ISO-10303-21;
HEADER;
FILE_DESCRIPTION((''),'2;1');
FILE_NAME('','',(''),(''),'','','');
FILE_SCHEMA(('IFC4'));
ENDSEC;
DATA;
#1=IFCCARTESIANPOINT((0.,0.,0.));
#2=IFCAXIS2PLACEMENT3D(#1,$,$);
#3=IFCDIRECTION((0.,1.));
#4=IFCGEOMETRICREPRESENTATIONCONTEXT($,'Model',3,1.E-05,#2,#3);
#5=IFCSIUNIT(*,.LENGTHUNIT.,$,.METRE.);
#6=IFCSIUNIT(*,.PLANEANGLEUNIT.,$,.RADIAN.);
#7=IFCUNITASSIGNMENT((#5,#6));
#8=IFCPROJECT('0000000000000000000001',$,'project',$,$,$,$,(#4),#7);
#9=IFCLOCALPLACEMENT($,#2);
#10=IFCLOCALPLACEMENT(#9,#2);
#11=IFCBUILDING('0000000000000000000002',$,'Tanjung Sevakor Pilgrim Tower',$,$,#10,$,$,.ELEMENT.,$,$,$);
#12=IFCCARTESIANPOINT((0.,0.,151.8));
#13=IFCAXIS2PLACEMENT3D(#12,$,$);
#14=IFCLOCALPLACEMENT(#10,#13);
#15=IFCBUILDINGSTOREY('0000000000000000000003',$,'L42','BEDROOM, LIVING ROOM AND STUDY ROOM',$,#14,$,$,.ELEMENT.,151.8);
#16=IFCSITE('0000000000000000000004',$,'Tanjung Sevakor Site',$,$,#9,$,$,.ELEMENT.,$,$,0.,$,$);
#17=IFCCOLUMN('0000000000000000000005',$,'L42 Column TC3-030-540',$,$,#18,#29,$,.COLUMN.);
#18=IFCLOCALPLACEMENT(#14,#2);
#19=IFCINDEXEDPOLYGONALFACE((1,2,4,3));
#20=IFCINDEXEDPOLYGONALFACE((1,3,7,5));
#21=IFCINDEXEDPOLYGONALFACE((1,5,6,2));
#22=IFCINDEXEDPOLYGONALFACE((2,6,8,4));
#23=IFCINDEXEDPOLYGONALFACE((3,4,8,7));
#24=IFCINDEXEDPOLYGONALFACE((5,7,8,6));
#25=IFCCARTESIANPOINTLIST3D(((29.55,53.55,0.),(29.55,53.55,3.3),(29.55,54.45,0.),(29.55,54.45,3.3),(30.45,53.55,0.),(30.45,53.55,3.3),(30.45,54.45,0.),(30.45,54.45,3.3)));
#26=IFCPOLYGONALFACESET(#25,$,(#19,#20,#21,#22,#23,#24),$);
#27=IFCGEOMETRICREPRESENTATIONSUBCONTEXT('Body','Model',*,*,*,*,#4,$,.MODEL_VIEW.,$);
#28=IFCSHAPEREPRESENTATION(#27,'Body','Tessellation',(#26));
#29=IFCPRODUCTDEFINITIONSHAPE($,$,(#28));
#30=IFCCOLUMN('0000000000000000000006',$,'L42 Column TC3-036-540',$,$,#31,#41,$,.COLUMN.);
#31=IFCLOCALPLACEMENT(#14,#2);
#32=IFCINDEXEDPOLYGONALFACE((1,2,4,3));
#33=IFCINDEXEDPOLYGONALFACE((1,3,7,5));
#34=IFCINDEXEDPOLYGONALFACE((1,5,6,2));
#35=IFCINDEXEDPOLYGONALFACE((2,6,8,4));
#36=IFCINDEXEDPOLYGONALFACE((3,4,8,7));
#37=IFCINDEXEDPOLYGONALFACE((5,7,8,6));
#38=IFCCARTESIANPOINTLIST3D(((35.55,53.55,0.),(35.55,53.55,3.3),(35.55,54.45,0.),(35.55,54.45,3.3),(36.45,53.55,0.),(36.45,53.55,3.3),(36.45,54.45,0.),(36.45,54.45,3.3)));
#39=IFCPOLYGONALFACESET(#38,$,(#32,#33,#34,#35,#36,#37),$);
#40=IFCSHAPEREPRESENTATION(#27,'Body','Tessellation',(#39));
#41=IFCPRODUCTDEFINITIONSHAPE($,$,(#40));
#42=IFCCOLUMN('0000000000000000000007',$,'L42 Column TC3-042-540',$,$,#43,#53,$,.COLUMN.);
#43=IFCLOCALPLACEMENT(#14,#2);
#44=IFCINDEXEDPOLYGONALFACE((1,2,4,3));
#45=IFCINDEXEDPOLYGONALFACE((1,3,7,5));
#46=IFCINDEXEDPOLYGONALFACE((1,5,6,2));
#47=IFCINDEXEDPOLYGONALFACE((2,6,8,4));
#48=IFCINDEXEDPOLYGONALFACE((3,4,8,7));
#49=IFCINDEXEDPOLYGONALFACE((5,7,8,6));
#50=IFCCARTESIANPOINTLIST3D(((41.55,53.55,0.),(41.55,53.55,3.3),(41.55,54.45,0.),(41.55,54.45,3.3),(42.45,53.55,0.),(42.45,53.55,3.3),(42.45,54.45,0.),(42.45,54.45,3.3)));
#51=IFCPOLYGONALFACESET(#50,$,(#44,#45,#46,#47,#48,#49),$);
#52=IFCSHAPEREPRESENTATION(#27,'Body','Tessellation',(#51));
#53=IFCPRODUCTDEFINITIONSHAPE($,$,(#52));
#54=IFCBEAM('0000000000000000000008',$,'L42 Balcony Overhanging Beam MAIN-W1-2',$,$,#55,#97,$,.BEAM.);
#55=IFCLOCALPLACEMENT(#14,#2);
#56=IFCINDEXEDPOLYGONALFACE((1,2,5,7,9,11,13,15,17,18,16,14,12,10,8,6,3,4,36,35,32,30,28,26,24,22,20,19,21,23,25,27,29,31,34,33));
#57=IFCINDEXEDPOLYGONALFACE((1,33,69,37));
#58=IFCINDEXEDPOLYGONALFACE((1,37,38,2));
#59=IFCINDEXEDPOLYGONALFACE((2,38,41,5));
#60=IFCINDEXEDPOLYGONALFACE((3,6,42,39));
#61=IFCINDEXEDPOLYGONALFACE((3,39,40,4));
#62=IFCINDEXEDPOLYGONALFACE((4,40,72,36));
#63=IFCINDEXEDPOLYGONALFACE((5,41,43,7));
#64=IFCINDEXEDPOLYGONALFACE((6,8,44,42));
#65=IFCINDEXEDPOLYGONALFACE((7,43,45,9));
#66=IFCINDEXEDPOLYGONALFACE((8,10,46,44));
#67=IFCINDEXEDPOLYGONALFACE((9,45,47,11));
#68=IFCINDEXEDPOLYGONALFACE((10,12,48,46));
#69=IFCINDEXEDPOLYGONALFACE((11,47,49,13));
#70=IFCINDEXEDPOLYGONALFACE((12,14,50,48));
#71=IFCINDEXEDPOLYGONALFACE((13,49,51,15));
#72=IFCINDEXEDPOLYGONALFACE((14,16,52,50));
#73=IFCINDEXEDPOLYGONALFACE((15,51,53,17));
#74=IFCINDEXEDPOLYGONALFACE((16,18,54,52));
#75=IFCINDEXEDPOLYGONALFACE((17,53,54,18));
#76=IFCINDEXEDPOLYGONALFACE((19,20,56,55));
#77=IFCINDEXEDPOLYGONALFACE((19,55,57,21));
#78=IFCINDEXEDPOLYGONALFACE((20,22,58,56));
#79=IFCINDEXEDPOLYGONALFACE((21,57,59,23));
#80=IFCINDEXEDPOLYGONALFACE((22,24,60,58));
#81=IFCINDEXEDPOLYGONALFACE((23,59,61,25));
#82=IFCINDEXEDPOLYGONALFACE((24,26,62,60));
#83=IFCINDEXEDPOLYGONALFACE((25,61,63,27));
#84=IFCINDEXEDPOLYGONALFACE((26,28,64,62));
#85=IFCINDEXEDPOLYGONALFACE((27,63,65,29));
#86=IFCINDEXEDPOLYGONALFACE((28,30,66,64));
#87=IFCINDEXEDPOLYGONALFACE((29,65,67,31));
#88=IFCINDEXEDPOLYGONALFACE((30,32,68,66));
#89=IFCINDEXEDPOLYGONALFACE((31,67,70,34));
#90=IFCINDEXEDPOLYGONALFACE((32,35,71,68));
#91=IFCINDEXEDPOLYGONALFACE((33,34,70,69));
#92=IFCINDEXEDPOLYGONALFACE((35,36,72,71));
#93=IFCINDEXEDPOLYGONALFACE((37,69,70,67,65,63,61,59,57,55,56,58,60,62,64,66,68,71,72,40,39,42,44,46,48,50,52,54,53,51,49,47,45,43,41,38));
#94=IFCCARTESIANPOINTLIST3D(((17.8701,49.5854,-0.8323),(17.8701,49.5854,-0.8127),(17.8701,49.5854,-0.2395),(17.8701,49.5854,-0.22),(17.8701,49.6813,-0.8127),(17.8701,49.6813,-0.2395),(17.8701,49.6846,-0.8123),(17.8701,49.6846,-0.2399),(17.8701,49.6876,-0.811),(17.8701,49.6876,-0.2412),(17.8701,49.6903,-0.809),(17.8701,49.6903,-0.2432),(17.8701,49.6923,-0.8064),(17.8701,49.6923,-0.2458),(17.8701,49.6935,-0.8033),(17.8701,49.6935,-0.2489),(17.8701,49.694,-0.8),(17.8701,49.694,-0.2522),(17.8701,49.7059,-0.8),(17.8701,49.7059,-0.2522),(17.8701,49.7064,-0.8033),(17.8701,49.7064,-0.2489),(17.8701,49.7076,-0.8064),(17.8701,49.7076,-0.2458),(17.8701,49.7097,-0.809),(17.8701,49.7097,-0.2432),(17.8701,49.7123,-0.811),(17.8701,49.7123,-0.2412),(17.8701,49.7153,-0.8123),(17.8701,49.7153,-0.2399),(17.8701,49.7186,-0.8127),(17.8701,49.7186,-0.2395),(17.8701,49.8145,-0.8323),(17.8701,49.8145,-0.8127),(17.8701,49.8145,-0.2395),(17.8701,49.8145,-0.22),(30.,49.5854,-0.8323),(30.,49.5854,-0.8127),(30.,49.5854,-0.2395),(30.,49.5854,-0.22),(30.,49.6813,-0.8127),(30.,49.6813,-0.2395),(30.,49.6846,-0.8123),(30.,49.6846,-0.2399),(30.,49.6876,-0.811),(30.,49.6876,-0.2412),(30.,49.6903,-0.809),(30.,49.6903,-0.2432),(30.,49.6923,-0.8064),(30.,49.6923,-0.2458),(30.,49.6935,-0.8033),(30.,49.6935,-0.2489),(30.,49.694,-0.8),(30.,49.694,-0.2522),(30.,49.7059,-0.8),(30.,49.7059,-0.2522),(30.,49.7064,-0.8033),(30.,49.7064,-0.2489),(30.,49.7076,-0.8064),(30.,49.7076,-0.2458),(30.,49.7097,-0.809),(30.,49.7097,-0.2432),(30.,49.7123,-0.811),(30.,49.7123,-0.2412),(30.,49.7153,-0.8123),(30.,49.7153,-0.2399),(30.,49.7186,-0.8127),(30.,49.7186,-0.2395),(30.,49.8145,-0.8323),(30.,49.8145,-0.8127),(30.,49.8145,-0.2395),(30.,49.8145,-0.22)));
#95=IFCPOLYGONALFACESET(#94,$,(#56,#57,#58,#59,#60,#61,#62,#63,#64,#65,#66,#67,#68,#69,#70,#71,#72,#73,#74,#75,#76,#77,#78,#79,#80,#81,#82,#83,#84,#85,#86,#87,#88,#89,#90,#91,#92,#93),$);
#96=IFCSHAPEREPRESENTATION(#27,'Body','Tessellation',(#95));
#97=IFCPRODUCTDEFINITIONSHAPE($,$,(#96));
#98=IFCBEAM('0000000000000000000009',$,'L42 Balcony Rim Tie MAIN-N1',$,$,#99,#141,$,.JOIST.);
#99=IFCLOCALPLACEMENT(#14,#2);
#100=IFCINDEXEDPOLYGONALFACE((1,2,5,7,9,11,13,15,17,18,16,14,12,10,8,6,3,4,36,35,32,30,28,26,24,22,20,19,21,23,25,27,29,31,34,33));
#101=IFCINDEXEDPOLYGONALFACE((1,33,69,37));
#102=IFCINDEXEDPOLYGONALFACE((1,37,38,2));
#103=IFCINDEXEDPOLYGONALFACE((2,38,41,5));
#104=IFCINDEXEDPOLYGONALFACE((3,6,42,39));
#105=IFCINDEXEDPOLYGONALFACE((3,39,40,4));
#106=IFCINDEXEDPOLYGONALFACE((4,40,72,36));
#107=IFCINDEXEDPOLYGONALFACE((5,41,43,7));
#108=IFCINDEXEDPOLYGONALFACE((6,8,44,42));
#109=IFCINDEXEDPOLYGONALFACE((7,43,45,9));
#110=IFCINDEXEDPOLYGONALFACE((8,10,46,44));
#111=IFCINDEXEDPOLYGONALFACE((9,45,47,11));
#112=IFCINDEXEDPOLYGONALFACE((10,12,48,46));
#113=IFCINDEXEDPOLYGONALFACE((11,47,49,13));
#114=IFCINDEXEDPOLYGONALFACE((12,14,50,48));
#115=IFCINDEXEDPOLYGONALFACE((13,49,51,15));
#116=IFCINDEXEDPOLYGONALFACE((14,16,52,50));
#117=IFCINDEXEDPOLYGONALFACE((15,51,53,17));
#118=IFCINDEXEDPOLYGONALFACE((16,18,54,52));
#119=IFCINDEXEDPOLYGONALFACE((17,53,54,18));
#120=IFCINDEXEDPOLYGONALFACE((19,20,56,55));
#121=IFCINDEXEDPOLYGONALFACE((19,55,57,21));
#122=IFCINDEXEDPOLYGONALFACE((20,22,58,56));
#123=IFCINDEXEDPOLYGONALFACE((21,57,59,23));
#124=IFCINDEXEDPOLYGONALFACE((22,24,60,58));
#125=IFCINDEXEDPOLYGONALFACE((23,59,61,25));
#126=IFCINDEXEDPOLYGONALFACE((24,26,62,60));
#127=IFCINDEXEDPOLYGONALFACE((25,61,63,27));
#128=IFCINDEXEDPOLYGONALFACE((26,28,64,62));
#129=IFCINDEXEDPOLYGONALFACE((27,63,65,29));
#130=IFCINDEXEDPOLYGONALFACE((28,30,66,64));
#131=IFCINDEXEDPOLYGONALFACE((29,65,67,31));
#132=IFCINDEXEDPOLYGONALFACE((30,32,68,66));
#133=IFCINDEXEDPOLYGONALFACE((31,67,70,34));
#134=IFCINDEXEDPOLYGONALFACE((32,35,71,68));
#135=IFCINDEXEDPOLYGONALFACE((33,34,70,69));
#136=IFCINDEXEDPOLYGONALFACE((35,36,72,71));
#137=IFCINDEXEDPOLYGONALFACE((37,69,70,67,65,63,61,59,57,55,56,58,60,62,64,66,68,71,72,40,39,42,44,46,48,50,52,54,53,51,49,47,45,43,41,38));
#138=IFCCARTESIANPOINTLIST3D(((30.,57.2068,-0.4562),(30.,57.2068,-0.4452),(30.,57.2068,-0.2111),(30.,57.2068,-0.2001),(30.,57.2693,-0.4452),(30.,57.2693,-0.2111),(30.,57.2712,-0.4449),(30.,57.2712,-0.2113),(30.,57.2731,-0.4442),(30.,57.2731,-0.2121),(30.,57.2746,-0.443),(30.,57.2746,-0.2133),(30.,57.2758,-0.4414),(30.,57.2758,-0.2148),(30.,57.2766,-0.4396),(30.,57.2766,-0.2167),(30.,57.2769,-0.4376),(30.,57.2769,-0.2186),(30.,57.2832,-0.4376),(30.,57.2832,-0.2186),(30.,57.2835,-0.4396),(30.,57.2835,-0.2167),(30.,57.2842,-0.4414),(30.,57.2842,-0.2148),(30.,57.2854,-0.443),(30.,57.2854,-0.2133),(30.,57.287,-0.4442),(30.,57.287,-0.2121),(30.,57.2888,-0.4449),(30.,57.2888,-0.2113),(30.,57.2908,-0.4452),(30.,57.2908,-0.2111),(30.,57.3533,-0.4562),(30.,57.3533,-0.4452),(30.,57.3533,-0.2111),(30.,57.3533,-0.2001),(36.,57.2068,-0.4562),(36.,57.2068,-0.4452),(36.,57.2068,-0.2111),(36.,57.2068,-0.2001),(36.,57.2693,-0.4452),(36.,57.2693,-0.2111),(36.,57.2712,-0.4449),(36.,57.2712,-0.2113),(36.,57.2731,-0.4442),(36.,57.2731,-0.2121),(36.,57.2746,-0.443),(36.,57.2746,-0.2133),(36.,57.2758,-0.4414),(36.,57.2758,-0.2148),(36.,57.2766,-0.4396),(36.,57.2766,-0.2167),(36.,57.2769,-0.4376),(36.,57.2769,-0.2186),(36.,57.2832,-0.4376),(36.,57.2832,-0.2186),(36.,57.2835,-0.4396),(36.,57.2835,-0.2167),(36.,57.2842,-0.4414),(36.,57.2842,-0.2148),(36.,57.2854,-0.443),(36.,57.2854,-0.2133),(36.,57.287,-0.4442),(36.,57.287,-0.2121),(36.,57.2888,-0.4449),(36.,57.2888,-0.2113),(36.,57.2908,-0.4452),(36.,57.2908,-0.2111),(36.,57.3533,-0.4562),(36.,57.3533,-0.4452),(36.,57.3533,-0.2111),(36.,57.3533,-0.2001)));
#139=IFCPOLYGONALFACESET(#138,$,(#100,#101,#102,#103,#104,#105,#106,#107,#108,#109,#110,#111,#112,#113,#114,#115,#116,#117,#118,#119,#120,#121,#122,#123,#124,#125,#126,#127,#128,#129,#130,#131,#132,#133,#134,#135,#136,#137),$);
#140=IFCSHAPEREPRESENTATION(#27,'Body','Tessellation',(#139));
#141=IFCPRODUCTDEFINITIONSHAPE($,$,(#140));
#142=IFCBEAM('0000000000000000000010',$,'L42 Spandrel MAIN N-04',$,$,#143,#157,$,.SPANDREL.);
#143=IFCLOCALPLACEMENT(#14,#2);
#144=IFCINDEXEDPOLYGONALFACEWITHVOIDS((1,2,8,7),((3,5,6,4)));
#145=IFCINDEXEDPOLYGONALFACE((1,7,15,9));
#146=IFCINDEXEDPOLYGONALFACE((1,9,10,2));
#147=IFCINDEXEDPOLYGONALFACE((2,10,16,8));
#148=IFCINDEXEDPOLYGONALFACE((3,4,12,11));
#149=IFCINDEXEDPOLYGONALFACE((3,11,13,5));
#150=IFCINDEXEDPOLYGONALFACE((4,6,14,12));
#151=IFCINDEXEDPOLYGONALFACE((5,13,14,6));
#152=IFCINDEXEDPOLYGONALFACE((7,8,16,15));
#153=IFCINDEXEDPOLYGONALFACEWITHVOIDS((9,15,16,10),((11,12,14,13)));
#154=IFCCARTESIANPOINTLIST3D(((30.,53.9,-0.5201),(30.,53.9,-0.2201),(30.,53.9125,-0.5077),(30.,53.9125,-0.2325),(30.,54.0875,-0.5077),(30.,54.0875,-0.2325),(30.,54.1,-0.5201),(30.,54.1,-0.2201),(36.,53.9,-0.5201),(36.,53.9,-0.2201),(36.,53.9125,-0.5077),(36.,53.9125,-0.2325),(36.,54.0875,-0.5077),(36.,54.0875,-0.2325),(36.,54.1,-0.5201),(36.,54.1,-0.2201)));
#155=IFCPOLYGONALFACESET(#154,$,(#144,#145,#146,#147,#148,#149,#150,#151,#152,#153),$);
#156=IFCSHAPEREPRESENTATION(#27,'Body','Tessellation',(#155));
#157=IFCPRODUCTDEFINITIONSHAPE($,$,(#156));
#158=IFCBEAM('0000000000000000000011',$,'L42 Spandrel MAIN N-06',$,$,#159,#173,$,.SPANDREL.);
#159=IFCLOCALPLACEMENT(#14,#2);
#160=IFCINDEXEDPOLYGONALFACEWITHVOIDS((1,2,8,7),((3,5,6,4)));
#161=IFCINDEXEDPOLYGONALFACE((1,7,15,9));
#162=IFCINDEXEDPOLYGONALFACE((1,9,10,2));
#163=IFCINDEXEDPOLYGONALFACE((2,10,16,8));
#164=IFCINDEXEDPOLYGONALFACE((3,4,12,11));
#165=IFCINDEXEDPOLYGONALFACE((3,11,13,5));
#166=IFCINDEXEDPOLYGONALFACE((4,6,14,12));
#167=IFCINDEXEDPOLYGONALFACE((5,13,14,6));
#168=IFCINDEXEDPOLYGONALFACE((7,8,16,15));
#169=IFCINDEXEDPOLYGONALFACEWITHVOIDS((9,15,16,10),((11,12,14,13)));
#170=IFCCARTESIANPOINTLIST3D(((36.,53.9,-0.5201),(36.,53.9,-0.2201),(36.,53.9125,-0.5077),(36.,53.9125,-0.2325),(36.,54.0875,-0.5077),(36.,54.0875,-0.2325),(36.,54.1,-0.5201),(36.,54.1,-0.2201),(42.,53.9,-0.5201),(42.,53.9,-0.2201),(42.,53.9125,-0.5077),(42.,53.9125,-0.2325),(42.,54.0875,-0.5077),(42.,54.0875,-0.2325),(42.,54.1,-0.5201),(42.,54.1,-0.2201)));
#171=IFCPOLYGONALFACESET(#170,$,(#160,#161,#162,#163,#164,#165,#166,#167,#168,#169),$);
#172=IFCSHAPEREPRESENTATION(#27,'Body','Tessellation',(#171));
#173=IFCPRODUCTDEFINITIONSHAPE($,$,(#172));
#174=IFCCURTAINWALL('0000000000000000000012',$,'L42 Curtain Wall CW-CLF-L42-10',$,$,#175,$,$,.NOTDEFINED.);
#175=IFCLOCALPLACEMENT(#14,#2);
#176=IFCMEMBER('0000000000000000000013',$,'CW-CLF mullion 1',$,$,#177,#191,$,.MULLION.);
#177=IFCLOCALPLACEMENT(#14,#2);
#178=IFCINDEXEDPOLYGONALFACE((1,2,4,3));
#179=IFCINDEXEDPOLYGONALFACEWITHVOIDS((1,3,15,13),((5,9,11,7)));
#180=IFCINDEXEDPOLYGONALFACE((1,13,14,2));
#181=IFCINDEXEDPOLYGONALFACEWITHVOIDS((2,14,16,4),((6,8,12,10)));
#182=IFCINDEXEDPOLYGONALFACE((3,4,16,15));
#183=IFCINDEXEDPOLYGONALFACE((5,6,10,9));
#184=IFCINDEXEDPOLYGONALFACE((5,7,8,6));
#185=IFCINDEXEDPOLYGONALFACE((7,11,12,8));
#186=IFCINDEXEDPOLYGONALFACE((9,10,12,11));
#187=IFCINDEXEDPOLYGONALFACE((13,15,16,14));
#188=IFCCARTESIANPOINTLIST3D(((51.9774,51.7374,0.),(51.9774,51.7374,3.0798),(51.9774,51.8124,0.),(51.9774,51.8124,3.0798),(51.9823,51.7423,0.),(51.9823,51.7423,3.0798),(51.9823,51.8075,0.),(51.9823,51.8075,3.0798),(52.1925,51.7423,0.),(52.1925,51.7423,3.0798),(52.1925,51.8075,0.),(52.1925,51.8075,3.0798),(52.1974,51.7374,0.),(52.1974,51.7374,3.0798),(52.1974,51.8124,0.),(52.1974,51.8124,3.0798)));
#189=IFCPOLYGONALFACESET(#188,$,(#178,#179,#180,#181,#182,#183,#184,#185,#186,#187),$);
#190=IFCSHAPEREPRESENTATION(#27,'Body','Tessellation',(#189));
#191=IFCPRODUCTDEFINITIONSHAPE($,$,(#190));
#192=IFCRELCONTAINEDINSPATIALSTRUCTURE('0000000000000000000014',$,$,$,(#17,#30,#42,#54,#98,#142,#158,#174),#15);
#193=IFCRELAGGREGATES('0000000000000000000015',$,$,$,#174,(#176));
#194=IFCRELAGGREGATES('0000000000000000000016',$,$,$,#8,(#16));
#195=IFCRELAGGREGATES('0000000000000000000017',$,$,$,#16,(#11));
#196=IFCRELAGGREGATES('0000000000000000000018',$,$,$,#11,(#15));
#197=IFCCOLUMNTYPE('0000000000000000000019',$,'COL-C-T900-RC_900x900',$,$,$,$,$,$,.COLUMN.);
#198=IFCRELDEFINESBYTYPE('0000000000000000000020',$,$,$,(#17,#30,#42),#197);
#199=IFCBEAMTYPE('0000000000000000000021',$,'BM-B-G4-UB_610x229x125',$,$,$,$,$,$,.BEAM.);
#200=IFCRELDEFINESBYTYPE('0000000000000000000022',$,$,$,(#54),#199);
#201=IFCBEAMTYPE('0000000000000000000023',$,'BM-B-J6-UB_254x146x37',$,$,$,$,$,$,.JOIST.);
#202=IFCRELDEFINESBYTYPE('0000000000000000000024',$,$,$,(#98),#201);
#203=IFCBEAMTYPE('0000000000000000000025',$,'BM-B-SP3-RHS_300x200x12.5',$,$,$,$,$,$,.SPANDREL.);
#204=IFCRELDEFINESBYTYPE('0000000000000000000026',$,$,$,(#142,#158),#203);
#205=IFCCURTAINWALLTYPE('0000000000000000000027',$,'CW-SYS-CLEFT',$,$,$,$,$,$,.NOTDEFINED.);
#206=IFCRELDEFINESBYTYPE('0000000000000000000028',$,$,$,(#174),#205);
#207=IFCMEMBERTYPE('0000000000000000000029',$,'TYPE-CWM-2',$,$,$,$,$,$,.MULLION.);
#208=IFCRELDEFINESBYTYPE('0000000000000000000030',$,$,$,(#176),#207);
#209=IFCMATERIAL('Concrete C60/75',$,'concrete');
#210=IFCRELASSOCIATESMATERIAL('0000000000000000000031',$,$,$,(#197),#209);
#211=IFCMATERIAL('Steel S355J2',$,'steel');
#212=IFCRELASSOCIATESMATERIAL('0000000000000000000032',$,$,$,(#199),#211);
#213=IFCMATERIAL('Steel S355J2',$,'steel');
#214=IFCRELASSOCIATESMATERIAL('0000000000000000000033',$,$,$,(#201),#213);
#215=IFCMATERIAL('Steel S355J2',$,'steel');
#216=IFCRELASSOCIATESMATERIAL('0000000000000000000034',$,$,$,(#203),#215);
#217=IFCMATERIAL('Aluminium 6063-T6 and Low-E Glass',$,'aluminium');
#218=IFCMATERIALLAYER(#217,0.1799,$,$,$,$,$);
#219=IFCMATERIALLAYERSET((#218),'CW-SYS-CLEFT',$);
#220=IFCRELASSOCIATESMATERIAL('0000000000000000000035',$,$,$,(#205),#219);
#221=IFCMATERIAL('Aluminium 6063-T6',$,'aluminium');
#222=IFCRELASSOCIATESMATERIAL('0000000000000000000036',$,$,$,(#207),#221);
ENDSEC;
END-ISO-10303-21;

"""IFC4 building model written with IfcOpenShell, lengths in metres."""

from ifc_helpers import new_model, si_unit, direction, frame, origin, origin_2d, place, context, subcontext, project, spatial, rectangle, hollow_rectangle, i_section, extrude, material, layer, layer_set, material_profile, profile_set, type_object, element, aggregate, save


model = new_model("IFC4")

# Units and contexts
model_context = context("Model", 3, precision=1e-05, world=origin(), true_north=direction((0.0, 1.0)))
body_context = subcontext(model_context, "Body", "Model", "MODEL_VIEW")
ifc_project = project(units=[si_unit("LENGTHUNIT", "METRE"), si_unit("PLANEANGLEUNIT", "RADIAN")], contexts=[model_context])

# Site, building, storey
site_placement = place(None, origin())
site = spatial("IfcSite", under=ifc_project, at=site_placement, Name="Tanjung Sevakor Site", CompositionType="ELEMENT", RefElevation=0.0)
building_placement = place(site_placement, origin())
building = spatial("IfcBuilding", under=site, at=building_placement, Name="Tanjung Sevakor Pilgrim Tower", CompositionType="ELEMENT")
storey_placement = place(building_placement, frame((0.0, 0.0, 151.8)))
storey = spatial("IfcBuildingStorey", under=building, at=storey_placement, Name="L42", Description="BEDROOM, LIVING ROOM AND STUDY ROOM", CompositionType="ELEMENT", Elevation=151.8)

# Columns
ifc_material_1 = material(Name="Concrete C60/75", Category="concrete")
ifc_material_profile_1 = material_profile(ifc_material_1, rectangle(XDim=0.8999, YDim=0.8999, at=origin_2d()))
ifc_profile_set_1 = profile_set([ifc_material_profile_1], Name="Concrete C60/75")
column_type = type_object("IfcColumnType", Name="COL-C-T900-RC_900x900", PredefinedType="COLUMN", material=ifc_profile_set_1)
for number, where, z_axis, x_axis, name in (
    (1, (30.0, 54.0, 0.0), (0.0, 0.0, 1.0), (1.0, 0.0, 0.0), "L42 Column TC3-030-540"),
    (2, (36.0, 54.0, 0.0), (0.0, 0.0, 1.0), (1.0, 0.0, 0.0), "L42 Column TC3-036-540"),
    (3, (42.0, 54.0, 0.0), (0.0, 0.0, 1.0), (1.0, 0.0, 0.0), "L42 Column TC3-042-540"),
):
    element("IfcColumn", number, at=place(storey_placement, frame(where, z_axis=z_axis, x_axis=x_axis)), inside=storey, type_object=column_type, Name=name, PredefinedType="COLUMN", context=body_context, shape_type="SweptSolid", body=[
        extrude(rectangle(XDim=0.8999, YDim=0.8999, at=origin_2d()), origin(), (0.0, 0.0, 1.0), 3.3),
    ])

# Beams
ifc_material_2 = material(Name="Steel S355J2", Category="steel")
ifc_material_profile_2 = material_profile(ifc_material_2, i_section(OverallWidth=0.229, OverallDepth=0.6123, WebThickness=0.012, FlangeThickness=0.0195, FilletRadius=0.0127, at=origin_2d()))
ifc_profile_set_2 = profile_set([ifc_material_profile_2], Name="Steel S355J2")
beam_type_1 = type_object("IfcBeamType", Name="BM-B-G4-UB_610x229x125", PredefinedType="BEAM", material=ifc_profile_set_2)
beam_1_placement = place(storey_placement, frame((30.0, 49.7, -0.5261), z_axis=(-1.0, 0.0, 0.0), x_axis=(0.0, -1.0, 0.0)))
element("IfcBeam", 4, at=beam_1_placement, inside=storey, type_object=beam_type_1, Name="L42 Balcony Overhanging Beam MAIN-W1-2", PredefinedType="BEAM", context=body_context, shape_type="SweptSolid", body=[
    extrude(i_section(OverallWidth=0.229, OverallDepth=0.6123, WebThickness=0.012, FlangeThickness=0.0195, FilletRadius=0.0127, at=origin_2d()), origin(), (0.0, 0.0, 1.0), 12.1299),
])
ifc_material_3 = material(Name="Steel S355J2", Category="steel")
ifc_material_profile_3 = material_profile(ifc_material_3, i_section(OverallWidth=0.1465, OverallDepth=0.2561, WebThickness=0.0063, FlangeThickness=0.011, FilletRadius=0.0076, at=origin_2d()))
ifc_profile_set_3 = profile_set([ifc_material_profile_3], Name="Steel S355J2")
beam_type_2 = type_object("IfcBeamType", Name="BM-B-J6-UB_254x146x37", PredefinedType="JOIST", material=ifc_profile_set_3)
beam_2_placement = place(storey_placement, frame((30.0, 57.28, -0.3281), z_axis=(1.0, 0.0, 0.0), x_axis=(0.0, 1.0, 0.0)))
element("IfcBeam", 5, at=beam_2_placement, inside=storey, type_object=beam_type_2, Name="L42 Balcony Rim Tie MAIN-N1", PredefinedType="JOIST", context=body_context, shape_type="SweptSolid", body=[
    extrude(i_section(OverallWidth=0.1465, OverallDepth=0.2561, WebThickness=0.0063, FlangeThickness=0.011, FilletRadius=0.0076, at=origin_2d()), origin(), (0.0, 0.0, 1.0), 6.0),
])
ifc_material_4 = material(Name="Steel S355J2", Category="steel")
ifc_material_profile_4 = material_profile(ifc_material_4, hollow_rectangle(XDim=0.2, YDim=0.3, WallThickness=0.0125, at=origin_2d()))
ifc_profile_set_4 = profile_set([ifc_material_profile_4], Name="Steel S355J2")
beam_type_3 = type_object("IfcBeamType", Name="BM-B-SP3-RHS_300x200x12.5", PredefinedType="SPANDREL", material=ifc_profile_set_4)
for number, where, z_axis, x_axis, name in (
    (6, (30.0, 54.0, -0.3701), (1.0, 0.0, 0.0), (0.0, 1.0, 0.0), "L42 Spandrel MAIN N-04"),
    (7, (36.0, 54.0, -0.3701), (1.0, 0.0, 0.0), (0.0, 1.0, 0.0), "L42 Spandrel MAIN N-06"),
):
    element("IfcBeam", number, at=place(storey_placement, frame(where, z_axis=z_axis, x_axis=x_axis)), inside=storey, type_object=beam_type_3, Name=name, PredefinedType="SPANDREL", context=body_context, shape_type="SweptSolid", body=[
        extrude(hollow_rectangle(XDim=0.2, YDim=0.3, WallThickness=0.0125, at=origin_2d()), origin(), (0.0, 0.0, 1.0), 6.0),
    ])

# Curtain wall, member
ifc_material_5 = material(Name="Aluminium 6063-T6 and Low-E Glass", Category="aluminium")
ifc_layer_1 = layer(ifc_material_5, 0.1799)
ifc_layer_set_1 = layer_set([ifc_layer_1], Name="CW-SYS-CLEFT")
curtain_wall_type = type_object("IfcCurtainWallType", Name="CW-SYS-CLEFT", PredefinedType="NOTDEFINED", material=ifc_layer_set_1)
curtain_wall_placement = place(storey_placement, origin())
curtain_wall = element("IfcCurtainWall", 8, at=curtain_wall_placement, inside=storey, type_object=curtain_wall_type, Name="L42 Curtain Wall CW-CLF-L42-10", PredefinedType="NOTDEFINED")
ifc_material_6 = material(Name="Aluminium 6063-T6", Category="aluminium")
ifc_material_profile_5 = material_profile(ifc_material_6, hollow_rectangle(XDim=0.075, YDim=0.22, WallThickness=0.0049, at=origin_2d()))
ifc_profile_set_5 = profile_set([ifc_material_profile_5], Name="Aluminium 6063-T6")
member_type_1 = type_object("IfcMemberType", Name="TYPE-CWM-2", PredefinedType="MULLION", material=ifc_profile_set_5)
member_1_placement = place(storey_placement, frame((52.0874, 51.7749, 0.0), z_axis=(0.0, 0.0, 1.0), x_axis=(0.0, -1.0, 0.0)))
member_1 = element("IfcMember", 9, at=member_1_placement, type_object=member_type_1, Name="CW-CLF mullion 1", PredefinedType="MULLION", context=body_context, shape_type="SweptSolid", body=[
    extrude(hollow_rectangle(XDim=0.075, YDim=0.22, WallThickness=0.0049, at=origin_2d()), origin(), (0.0, 0.0, 1.0), 3.0798),
])
aggregate(curtain_wall, [member_1])

save(model, "model.ifc")
